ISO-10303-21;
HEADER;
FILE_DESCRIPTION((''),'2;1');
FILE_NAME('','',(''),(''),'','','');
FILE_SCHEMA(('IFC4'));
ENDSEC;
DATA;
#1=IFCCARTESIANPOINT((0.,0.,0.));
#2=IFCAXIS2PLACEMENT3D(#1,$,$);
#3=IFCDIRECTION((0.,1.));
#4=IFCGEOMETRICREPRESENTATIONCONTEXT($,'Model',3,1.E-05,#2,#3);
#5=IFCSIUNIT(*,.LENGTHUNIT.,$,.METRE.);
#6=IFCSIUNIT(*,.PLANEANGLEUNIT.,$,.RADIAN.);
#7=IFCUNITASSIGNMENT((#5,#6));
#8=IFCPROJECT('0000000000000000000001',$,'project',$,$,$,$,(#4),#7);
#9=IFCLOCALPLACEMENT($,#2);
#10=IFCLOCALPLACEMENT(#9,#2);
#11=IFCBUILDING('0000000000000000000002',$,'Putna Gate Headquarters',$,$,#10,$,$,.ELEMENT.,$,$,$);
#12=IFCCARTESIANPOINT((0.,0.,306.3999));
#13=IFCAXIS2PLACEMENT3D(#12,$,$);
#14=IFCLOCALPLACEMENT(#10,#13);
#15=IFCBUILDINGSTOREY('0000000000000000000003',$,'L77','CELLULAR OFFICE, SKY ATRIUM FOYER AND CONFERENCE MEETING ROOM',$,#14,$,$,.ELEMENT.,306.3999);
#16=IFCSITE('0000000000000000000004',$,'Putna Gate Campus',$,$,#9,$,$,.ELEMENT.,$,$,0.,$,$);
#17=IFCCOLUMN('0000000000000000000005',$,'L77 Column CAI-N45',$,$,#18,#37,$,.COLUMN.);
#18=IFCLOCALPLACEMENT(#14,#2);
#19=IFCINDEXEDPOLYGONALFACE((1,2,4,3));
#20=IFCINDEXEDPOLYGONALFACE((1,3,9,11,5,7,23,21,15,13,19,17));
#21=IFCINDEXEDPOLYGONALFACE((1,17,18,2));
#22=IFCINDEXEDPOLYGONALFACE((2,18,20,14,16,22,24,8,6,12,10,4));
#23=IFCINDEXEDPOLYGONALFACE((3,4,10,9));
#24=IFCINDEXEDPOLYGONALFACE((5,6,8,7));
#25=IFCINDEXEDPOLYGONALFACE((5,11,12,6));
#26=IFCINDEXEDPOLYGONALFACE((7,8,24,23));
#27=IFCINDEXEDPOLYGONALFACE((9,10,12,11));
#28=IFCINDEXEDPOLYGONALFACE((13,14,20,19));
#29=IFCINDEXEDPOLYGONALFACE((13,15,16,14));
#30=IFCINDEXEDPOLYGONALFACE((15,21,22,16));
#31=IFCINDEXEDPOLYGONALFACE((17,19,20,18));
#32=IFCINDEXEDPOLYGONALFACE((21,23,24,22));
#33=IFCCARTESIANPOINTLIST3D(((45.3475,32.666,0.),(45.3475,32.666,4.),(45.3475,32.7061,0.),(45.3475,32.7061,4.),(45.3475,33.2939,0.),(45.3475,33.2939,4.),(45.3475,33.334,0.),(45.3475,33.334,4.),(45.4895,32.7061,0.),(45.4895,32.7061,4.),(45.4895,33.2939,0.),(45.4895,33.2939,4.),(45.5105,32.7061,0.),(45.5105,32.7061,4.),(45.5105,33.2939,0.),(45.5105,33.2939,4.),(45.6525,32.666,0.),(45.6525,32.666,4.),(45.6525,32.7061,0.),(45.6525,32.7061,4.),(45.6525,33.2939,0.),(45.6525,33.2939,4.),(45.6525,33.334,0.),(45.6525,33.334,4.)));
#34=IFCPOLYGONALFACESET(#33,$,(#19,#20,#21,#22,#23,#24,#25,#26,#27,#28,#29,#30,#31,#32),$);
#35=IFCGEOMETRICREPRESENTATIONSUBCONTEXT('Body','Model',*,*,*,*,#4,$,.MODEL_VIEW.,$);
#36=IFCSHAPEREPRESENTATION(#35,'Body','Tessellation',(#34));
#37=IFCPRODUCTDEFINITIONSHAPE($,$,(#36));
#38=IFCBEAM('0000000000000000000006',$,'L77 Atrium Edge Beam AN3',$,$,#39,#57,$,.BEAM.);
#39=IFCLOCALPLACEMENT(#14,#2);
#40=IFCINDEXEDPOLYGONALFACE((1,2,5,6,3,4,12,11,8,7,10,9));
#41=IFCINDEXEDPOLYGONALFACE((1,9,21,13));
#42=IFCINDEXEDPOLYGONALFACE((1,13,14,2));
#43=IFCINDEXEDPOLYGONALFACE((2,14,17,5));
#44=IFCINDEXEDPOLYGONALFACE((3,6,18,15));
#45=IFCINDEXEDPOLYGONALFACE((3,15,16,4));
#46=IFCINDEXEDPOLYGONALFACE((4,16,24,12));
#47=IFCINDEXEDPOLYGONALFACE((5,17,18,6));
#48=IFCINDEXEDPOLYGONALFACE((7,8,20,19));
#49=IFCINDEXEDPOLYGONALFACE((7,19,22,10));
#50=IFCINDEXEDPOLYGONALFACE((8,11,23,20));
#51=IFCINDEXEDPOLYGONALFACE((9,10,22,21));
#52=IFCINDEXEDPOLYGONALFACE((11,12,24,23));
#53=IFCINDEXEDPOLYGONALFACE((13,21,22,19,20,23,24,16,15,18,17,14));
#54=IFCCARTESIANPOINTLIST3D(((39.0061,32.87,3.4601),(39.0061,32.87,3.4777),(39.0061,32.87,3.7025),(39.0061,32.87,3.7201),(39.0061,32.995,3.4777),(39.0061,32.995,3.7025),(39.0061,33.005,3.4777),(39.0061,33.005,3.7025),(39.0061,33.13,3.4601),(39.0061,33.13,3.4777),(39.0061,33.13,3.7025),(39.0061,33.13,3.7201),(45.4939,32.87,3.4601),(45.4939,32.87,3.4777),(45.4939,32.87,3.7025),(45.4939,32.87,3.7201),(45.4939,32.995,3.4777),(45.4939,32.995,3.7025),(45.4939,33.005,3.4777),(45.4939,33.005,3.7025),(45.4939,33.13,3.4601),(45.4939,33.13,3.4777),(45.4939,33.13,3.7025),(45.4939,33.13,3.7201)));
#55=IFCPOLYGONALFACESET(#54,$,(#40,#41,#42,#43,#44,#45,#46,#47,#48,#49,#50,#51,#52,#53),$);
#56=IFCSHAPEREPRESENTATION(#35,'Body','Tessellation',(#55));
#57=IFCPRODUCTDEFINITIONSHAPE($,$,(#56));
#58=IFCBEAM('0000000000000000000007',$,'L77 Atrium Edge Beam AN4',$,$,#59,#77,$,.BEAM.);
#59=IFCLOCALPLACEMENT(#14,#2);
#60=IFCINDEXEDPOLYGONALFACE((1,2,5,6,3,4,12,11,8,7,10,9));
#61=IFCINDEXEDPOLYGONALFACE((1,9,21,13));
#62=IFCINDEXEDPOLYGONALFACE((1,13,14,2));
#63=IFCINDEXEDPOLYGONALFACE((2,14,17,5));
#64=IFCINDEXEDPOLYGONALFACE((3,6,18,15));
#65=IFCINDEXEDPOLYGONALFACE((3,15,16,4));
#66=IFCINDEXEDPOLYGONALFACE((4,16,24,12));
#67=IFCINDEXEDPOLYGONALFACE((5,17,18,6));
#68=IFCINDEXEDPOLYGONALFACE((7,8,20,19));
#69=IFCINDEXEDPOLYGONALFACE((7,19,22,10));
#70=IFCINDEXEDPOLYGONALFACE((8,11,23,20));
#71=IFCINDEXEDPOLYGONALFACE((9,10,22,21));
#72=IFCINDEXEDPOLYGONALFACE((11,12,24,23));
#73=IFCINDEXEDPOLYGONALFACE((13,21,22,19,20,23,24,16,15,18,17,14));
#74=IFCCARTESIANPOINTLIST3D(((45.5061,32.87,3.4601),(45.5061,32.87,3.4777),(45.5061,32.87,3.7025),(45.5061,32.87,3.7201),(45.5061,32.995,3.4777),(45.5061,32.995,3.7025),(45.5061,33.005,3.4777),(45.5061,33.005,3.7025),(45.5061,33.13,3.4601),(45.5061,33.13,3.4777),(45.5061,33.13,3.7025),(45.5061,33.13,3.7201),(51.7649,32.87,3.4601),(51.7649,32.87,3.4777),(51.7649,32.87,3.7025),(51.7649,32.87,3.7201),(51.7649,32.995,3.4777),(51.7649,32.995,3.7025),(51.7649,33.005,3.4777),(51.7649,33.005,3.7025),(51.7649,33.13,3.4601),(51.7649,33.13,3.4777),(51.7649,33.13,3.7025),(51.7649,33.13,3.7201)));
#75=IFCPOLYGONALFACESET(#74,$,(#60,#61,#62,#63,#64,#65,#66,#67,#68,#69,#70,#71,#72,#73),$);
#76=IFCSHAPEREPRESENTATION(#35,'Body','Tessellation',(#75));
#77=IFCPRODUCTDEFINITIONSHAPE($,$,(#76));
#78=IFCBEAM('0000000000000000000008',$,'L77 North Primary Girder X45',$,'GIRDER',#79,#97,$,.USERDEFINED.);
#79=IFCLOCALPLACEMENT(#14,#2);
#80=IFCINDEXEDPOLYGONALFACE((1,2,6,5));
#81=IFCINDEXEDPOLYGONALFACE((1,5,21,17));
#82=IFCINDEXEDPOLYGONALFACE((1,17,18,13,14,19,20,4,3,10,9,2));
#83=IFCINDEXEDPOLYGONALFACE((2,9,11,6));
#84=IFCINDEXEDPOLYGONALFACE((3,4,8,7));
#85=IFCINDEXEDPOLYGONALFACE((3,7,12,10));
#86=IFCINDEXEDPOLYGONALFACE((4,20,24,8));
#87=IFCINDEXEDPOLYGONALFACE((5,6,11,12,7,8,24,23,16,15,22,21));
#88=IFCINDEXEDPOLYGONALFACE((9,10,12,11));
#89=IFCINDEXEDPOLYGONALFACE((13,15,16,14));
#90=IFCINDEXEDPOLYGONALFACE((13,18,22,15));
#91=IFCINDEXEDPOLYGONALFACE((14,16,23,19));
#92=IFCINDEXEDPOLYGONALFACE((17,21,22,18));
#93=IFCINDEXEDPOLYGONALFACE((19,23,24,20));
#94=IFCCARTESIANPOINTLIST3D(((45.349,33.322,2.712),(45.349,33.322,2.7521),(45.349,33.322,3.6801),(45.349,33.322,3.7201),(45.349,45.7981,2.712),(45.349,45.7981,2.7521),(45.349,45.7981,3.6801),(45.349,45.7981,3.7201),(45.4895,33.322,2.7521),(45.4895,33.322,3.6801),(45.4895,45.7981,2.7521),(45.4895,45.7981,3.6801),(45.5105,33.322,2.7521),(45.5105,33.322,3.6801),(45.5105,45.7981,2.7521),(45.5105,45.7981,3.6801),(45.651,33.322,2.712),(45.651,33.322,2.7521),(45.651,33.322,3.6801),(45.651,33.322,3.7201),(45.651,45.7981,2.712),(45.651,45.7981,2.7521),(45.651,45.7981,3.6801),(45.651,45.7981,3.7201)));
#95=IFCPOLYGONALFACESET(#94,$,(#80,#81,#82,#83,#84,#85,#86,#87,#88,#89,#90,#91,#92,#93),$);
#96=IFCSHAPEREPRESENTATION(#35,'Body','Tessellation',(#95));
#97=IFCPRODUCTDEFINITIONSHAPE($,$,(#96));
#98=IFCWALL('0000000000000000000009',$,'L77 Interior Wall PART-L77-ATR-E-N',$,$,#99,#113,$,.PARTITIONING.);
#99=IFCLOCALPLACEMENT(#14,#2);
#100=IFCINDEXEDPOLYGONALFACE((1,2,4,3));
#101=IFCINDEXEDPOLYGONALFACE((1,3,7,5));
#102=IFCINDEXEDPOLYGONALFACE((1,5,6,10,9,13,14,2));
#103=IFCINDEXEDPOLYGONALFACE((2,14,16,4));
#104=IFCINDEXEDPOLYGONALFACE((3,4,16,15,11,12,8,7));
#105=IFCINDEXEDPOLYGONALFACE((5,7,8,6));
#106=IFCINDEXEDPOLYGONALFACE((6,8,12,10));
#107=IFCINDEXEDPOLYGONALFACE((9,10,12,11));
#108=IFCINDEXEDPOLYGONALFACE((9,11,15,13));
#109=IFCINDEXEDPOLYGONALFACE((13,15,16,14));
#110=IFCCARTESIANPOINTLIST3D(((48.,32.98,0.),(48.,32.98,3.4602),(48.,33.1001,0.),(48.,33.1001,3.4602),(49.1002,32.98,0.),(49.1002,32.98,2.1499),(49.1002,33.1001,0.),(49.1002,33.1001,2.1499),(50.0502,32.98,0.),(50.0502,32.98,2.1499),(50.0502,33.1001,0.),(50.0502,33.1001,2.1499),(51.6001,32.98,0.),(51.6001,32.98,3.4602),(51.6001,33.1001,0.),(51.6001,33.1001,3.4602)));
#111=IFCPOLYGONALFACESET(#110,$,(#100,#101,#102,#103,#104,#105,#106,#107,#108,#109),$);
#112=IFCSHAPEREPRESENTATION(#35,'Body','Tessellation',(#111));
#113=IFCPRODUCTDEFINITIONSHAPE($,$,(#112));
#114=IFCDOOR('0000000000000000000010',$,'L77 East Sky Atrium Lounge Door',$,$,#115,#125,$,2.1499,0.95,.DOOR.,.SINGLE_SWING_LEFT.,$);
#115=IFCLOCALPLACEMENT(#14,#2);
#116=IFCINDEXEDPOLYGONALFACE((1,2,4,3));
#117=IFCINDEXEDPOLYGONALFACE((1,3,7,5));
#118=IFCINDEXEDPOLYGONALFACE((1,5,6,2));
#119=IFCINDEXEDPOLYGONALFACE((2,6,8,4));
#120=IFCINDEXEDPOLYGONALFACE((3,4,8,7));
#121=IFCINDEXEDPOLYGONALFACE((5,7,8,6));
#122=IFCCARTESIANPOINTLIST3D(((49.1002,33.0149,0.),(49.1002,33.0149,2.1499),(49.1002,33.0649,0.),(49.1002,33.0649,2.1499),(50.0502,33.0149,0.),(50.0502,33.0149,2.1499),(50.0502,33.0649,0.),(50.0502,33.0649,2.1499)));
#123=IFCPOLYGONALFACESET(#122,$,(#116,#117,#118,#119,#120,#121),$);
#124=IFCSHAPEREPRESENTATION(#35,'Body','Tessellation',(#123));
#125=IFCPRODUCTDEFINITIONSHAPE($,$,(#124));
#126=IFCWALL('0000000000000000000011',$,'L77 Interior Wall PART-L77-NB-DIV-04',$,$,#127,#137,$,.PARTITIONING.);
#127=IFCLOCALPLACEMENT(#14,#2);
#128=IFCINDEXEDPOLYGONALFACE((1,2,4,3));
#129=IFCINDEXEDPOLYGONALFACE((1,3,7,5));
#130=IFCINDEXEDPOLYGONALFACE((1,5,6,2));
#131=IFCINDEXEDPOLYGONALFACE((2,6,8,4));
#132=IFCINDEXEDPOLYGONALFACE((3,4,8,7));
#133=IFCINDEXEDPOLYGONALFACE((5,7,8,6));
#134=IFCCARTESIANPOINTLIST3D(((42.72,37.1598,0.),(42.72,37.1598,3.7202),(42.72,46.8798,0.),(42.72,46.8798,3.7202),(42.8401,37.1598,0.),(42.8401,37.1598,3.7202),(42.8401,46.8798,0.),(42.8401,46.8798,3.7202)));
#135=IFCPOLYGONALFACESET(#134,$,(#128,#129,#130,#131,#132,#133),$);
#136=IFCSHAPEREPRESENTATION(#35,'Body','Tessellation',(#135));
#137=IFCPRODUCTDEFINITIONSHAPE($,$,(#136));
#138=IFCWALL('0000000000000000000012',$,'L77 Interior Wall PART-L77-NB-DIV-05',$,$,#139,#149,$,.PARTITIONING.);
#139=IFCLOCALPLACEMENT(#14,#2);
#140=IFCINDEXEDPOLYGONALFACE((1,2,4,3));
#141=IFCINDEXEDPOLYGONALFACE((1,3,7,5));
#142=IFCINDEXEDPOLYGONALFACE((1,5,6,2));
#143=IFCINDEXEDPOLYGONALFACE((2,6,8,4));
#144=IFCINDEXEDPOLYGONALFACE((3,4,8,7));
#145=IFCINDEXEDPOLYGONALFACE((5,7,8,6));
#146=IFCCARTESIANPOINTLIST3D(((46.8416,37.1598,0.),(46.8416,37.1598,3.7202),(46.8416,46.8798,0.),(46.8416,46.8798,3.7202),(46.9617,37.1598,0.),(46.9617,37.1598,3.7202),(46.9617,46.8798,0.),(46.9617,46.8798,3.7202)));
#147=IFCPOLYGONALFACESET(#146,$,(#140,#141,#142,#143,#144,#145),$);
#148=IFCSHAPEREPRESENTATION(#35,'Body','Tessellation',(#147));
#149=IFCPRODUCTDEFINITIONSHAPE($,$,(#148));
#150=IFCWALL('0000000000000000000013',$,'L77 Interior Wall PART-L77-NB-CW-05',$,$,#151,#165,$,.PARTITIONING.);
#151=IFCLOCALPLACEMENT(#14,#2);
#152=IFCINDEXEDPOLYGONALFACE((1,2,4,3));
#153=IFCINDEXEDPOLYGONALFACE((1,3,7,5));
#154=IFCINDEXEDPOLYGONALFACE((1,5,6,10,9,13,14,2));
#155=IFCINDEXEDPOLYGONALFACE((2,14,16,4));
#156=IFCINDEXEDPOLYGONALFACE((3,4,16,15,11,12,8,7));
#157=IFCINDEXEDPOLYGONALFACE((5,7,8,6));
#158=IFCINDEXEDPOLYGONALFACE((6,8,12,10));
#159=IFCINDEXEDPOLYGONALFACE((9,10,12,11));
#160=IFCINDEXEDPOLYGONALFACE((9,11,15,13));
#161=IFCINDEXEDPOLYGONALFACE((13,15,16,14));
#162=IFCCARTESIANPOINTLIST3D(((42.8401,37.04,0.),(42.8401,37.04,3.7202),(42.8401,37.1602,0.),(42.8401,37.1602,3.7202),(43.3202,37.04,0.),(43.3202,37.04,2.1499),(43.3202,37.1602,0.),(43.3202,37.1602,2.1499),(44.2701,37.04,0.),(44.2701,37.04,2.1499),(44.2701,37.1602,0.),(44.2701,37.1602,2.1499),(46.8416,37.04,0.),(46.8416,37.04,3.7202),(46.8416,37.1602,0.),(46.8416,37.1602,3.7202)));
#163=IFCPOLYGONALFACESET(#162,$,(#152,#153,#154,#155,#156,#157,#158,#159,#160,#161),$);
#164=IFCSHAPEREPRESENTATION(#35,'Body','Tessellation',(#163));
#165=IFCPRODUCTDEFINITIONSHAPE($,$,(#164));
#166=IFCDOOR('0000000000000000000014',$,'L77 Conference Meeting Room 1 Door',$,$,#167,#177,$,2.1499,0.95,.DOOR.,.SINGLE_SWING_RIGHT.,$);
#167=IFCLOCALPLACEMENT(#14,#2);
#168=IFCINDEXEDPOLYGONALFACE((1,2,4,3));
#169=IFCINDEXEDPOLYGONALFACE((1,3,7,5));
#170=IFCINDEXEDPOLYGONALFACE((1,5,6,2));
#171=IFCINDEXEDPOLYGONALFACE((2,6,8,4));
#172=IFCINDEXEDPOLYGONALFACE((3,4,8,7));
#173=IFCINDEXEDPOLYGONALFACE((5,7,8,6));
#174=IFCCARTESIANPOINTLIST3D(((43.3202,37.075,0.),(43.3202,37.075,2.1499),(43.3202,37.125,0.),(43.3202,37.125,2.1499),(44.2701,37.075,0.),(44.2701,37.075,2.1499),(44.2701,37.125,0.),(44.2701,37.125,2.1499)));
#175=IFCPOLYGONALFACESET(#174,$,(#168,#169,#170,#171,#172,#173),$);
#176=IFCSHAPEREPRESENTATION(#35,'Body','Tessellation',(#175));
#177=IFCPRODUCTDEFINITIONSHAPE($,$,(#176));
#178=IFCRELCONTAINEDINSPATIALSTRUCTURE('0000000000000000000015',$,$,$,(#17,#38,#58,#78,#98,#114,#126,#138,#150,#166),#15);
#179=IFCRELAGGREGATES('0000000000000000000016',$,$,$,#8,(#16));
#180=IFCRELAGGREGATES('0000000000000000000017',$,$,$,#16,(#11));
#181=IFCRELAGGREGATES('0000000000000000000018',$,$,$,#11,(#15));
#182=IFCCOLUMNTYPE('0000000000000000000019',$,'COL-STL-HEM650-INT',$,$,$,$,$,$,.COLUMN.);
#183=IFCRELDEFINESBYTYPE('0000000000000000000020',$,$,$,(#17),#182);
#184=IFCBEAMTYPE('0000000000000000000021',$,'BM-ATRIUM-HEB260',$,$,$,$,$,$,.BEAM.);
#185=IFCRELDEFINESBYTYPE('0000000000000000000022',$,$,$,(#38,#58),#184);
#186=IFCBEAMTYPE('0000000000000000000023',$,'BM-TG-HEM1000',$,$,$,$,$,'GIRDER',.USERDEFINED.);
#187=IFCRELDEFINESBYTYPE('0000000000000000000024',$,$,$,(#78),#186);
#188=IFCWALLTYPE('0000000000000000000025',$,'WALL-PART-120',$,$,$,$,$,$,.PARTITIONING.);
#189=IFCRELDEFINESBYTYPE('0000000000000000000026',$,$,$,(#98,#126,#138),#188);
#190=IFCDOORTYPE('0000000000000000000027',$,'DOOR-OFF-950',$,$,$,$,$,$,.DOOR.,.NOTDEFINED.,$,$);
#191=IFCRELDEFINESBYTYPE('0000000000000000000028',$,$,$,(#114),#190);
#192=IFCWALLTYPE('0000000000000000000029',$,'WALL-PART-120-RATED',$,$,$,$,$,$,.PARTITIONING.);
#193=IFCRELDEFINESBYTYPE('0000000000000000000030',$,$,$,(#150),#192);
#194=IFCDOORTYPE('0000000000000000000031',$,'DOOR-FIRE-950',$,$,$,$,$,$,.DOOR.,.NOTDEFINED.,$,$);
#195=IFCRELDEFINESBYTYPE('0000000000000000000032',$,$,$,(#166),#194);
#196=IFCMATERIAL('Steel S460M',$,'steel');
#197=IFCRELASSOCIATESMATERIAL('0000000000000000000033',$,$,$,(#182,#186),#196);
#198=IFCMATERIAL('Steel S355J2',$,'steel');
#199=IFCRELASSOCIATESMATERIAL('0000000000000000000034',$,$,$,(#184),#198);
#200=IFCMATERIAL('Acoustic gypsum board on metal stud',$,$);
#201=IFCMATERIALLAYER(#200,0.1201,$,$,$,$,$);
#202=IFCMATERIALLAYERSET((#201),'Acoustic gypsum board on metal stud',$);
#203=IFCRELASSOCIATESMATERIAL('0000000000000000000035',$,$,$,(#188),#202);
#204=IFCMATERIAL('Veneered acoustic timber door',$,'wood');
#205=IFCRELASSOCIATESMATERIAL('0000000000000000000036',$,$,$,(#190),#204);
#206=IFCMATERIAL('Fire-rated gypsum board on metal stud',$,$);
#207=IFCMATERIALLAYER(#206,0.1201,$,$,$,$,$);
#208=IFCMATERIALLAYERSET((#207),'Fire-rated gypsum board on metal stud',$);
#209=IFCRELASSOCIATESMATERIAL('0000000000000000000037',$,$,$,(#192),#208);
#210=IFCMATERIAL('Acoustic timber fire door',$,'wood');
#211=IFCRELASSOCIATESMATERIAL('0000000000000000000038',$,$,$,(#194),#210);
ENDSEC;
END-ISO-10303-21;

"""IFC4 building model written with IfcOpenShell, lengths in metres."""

from ifc_helpers import new_model, si_unit, direction, frame, frame_2d, origin, origin_2d, place, context, subcontext, project, spatial, rectangle, i_section, extrude, material, layer, layer_set, material_profile, profile_set, type_object, element, fill, save


model = new_model("IFC4")

# Units and contexts
model_context = context("Model", 3, precision=1e-05, world=origin(), true_north=direction((0.0, 1.0)))
body_context = subcontext(model_context, "Body", "Model", "MODEL_VIEW")
ifc_project = project(units=[si_unit("LENGTHUNIT", "METRE"), si_unit("PLANEANGLEUNIT", "RADIAN")], contexts=[model_context])

# Site, building, storey
site_placement = place(None, origin())
site = spatial("IfcSite", under=ifc_project, at=site_placement, Name="Putna Gate Campus", CompositionType="ELEMENT", RefElevation=0.0)
building_placement = place(site_placement, origin())
building = spatial("IfcBuilding", under=site, at=building_placement, Name="Putna Gate Headquarters", CompositionType="ELEMENT")
storey_placement = place(building_placement, frame((0.0, 0.0, 306.3999)))
storey = spatial("IfcBuildingStorey", under=building, at=storey_placement, Name="L77", Description="CELLULAR OFFICE, SKY ATRIUM FOYER AND CONFERENCE MEETING ROOM", CompositionType="ELEMENT", Elevation=306.3999)

# Column
ifc_material_1 = material(Name="Steel S460M", Category="steel")
ifc_material_profile_1 = material_profile(ifc_material_1, i_section(OverallWidth=0.3049, OverallDepth=0.668, WebThickness=0.021, FlangeThickness=0.04, at=origin_2d()), Name="Steel S460M")
ifc_profile_set_1 = profile_set([ifc_material_profile_1], Name="Steel S460M")
column_type = type_object("IfcColumnType", Name="COL-STL-HEM650-INT", PredefinedType="COLUMN", material=ifc_profile_set_1)
column_placement = place(storey_placement, frame((45.5, 33.0, 0.0), z_axis=(0.0, 0.0, 1.0), x_axis=(1.0, 0.0, 0.0)))
element("IfcColumn", 1, at=column_placement, inside=storey, type_object=column_type, Name="L77 Column CAI-N45", PredefinedType="COLUMN", context=body_context, shape_type="SweptSolid", body=[
    extrude(i_section(OverallWidth=0.3049, OverallDepth=0.668, WebThickness=0.021, FlangeThickness=0.04, at=origin_2d()), origin(), (0.0, 0.0, 1.0), 4.0),
])

# Beams
ifc_material_2 = material(Name="Steel S355J2", Category="steel")
ifc_material_profile_2 = material_profile(ifc_material_2, i_section(OverallWidth=0.26, OverallDepth=0.26, WebThickness=0.01, FlangeThickness=0.0176, at=origin_2d()), Name="Steel S355J2")
ifc_profile_set_2 = profile_set([ifc_material_profile_2], Name="Steel S355J2")
beam_type_1 = type_object("IfcBeamType", Name="BM-ATRIUM-HEB260", PredefinedType="BEAM", material=ifc_profile_set_2)
beam_1_placement = place(storey_placement, frame((39.0061, 33.0, 3.5901), z_axis=(1.0, 0.0, 0.0), x_axis=(0.0, 1.0, 0.0)))
element("IfcBeam", 2, at=beam_1_placement, inside=storey, type_object=beam_type_1, Name="L77 Atrium Edge Beam AN3", PredefinedType="BEAM", context=body_context, shape_type="SweptSolid", body=[
    extrude(i_section(OverallWidth=0.26, OverallDepth=0.26, WebThickness=0.01, FlangeThickness=0.0176, at=origin_2d()), origin(), (0.0, 0.0, 1.0), 6.4878),
])
beam_2_placement = place(storey_placement, frame((45.5061, 33.0, 3.5901), z_axis=(1.0, 0.0, 0.0), x_axis=(0.0, 1.0, 0.0)))
element("IfcBeam", 3, at=beam_2_placement, inside=storey, type_object=beam_type_1, Name="L77 Atrium Edge Beam AN4", PredefinedType="BEAM", context=body_context, shape_type="SweptSolid", body=[
    extrude(i_section(OverallWidth=0.26, OverallDepth=0.26, WebThickness=0.01, FlangeThickness=0.0176, at=origin_2d()), origin(), (0.0, 0.0, 1.0), 6.2588),
])
ifc_material_profile_3 = material_profile(ifc_material_1, i_section(OverallWidth=0.302, OverallDepth=1.0081, WebThickness=0.021, FlangeThickness=0.04, at=origin_2d()), Name="Steel S460M")
ifc_profile_set_3 = profile_set([ifc_material_profile_3], Name="Steel S460M")
beam_type_2 = type_object("IfcBeamType", Name="BM-TG-HEM1000", ElementType="GIRDER", PredefinedType="USERDEFINED", material=ifc_profile_set_3)
beam_3_placement = place(storey_placement, frame((45.5, 33.322, 3.2161), z_axis=(0.0, 1.0, 0.0), x_axis=(-1.0, 0.0, 0.0)))
element("IfcBeam", 4, at=beam_3_placement, inside=storey, type_object=beam_type_2, Name="L77 North Primary Girder X45", ObjectType="GIRDER", PredefinedType="USERDEFINED", context=body_context, shape_type="SweptSolid", body=[
    extrude(i_section(OverallWidth=0.302, OverallDepth=1.0081, WebThickness=0.021, FlangeThickness=0.04, at=origin_2d()), origin(), (0.0, 0.0, 1.0), 12.4761),
])

# Wall, opening, door
ifc_material_3 = material(Name="Acoustic gypsum board on metal stud")
ifc_layer_1 = layer(ifc_material_3, 0.1201)
ifc_layer_set_1 = layer_set([ifc_layer_1], Name="Acoustic gypsum board on metal stud")
wall_type_1 = type_object("IfcWallType", Name="WALL-PART-120", PredefinedType="PARTITIONING", material=ifc_layer_set_1)
wall_1_placement = place(storey_placement, frame((48.0, 33.04, 0.0), z_axis=(0.0, 0.0, 1.0), x_axis=(1.0, 0.0, 0.0)))
wall_1 = element("IfcWall", 5, at=wall_1_placement, inside=storey, type_object=wall_type_1, Name="L77 Interior Wall PART-L77-ATR-E-N", PredefinedType="PARTITIONING", context=body_context, shape_type="SweptSolid", body=[
    extrude(rectangle(XDim=3.6001, YDim=0.1201, at=frame_2d((1.8, 0.0))), origin(), (0.0, 0.0, 1.0), 3.4602),
])
opening_1_placement = place(wall_1_placement, frame((1.1001, 0.0, 0.0)))
opening_1 = element("IfcOpeningElement", 6, at=opening_1_placement, cuts=wall_1, PredefinedType="OPENING", context=body_context, shape_type="SweptSolid", body=[
    extrude(rectangle(XDim=0.95, YDim=2.1499, at=frame_2d((0.4751, 1.075))), frame((0.0, 0.0701, 0.0), z_axis=(0.0, -1.0, 0.0), x_axis=(1.0, 0.0, 0.0)), (0.0, 0.0, 1.0), 0.1401),
])
ifc_material_4 = material(Name="Veneered acoustic timber door", Category="wood")
door_type_1 = type_object("IfcDoorType", Name="DOOR-OFF-950", OperationType="NOTDEFINED", PredefinedType="DOOR", material=ifc_material_4)
door_1_placement = place(opening_1_placement, origin())
door_1 = element("IfcDoor", 7, at=door_1_placement, inside=storey, type_object=door_type_1, Name="L77 East Sky Atrium Lounge Door", OperationType="SINGLE_SWING_LEFT", OverallHeight=2.1499, OverallWidth=0.95, PredefinedType="DOOR", context=body_context, shape_type="SweptSolid", body=[
    extrude(rectangle(XDim=0.95, YDim=2.1499, at=frame_2d((0.4751, 1.075))), frame((0.0, 0.0249, 0.0), z_axis=(0.0, -1.0, 0.0), x_axis=(1.0, 0.0, 0.0)), (0.0, 0.0, 1.0), 0.05),
])
fill(opening_1, door_1)

# Walls
for number, where, z_axis, x_axis, name in (
    (8, (42.78, 37.1599, 0.0), (0.0, 0.0, 1.0), (0.0, 1.0, 0.0), "L77 Interior Wall PART-L77-NB-DIV-04"),
    (9, (46.9016, 37.1599, 0.0), (0.0, 0.0, 1.0), (0.0, 1.0, 0.0), "L77 Interior Wall PART-L77-NB-DIV-05"),
):
    element("IfcWall", number, at=place(storey_placement, frame(where, z_axis=z_axis, x_axis=x_axis)), inside=storey, type_object=wall_type_1, Name=name, PredefinedType="PARTITIONING", context=body_context, shape_type="SweptSolid", body=[
        extrude(rectangle(XDim=9.72, YDim=0.1201, at=frame_2d((4.8599, 0.0))), origin(), (0.0, 0.0, 1.0), 3.7202),
    ])

# Wall, opening, door
ifc_material_5 = material(Name="Fire-rated gypsum board on metal stud")
ifc_layer_2 = layer(ifc_material_5, 0.1201)
ifc_layer_set_2 = layer_set([ifc_layer_2], Name="Fire-rated gypsum board on metal stud")
wall_type_2 = type_object("IfcWallType", Name="WALL-PART-120-RATED", PredefinedType="PARTITIONING", material=ifc_layer_set_2)
wall_2_placement = place(storey_placement, frame((42.8401, 37.1001, 0.0), z_axis=(0.0, 0.0, 1.0), x_axis=(1.0, 0.0, 0.0)))
wall_2 = element("IfcWall", 10, at=wall_2_placement, inside=storey, type_object=wall_type_2, Name="L77 Interior Wall PART-L77-NB-CW-05", PredefinedType="PARTITIONING", context=body_context, shape_type="SweptSolid", body=[
    extrude(rectangle(XDim=4.0015, YDim=0.1201, at=frame_2d((2.0007, 0.0))), origin(), (0.0, 0.0, 1.0), 3.7202),
])
opening_2_placement = place(wall_2_placement, frame((0.48, 0.0, 0.0)))
opening_2 = element("IfcOpeningElement", 11, at=opening_2_placement, cuts=wall_2, PredefinedType="OPENING", context=body_context, shape_type="SweptSolid", body=[
    extrude(rectangle(XDim=0.95, YDim=2.1499, at=frame_2d((0.4751, 1.075))), frame((0.0, 0.0701, 0.0), z_axis=(0.0, -1.0, 0.0), x_axis=(1.0, 0.0, 0.0)), (0.0, 0.0, 1.0), 0.1401),
])
ifc_material_6 = material(Name="Acoustic timber fire door", Category="wood")
door_type_2 = type_object("IfcDoorType", Name="DOOR-FIRE-950", OperationType="NOTDEFINED", PredefinedType="DOOR", material=ifc_material_6)
door_2_placement = place(opening_2_placement, origin())
door_2 = element("IfcDoor", 12, at=door_2_placement, inside=storey, type_object=door_type_2, Name="L77 Conference Meeting Room 1 Door", OperationType="SINGLE_SWING_RIGHT", OverallHeight=2.1499, OverallWidth=0.95, PredefinedType="DOOR", context=body_context, shape_type="SweptSolid", body=[
    extrude(rectangle(XDim=0.95, YDim=2.1499, at=frame_2d((0.4751, 1.075))), frame((0.0, 0.0249, 0.0), z_axis=(0.0, -1.0, 0.0), x_axis=(1.0, 0.0, 0.0)), (0.0, 0.0, 1.0), 0.05),
])
fill(opening_2, door_2)

save(model, "model.ifc")
